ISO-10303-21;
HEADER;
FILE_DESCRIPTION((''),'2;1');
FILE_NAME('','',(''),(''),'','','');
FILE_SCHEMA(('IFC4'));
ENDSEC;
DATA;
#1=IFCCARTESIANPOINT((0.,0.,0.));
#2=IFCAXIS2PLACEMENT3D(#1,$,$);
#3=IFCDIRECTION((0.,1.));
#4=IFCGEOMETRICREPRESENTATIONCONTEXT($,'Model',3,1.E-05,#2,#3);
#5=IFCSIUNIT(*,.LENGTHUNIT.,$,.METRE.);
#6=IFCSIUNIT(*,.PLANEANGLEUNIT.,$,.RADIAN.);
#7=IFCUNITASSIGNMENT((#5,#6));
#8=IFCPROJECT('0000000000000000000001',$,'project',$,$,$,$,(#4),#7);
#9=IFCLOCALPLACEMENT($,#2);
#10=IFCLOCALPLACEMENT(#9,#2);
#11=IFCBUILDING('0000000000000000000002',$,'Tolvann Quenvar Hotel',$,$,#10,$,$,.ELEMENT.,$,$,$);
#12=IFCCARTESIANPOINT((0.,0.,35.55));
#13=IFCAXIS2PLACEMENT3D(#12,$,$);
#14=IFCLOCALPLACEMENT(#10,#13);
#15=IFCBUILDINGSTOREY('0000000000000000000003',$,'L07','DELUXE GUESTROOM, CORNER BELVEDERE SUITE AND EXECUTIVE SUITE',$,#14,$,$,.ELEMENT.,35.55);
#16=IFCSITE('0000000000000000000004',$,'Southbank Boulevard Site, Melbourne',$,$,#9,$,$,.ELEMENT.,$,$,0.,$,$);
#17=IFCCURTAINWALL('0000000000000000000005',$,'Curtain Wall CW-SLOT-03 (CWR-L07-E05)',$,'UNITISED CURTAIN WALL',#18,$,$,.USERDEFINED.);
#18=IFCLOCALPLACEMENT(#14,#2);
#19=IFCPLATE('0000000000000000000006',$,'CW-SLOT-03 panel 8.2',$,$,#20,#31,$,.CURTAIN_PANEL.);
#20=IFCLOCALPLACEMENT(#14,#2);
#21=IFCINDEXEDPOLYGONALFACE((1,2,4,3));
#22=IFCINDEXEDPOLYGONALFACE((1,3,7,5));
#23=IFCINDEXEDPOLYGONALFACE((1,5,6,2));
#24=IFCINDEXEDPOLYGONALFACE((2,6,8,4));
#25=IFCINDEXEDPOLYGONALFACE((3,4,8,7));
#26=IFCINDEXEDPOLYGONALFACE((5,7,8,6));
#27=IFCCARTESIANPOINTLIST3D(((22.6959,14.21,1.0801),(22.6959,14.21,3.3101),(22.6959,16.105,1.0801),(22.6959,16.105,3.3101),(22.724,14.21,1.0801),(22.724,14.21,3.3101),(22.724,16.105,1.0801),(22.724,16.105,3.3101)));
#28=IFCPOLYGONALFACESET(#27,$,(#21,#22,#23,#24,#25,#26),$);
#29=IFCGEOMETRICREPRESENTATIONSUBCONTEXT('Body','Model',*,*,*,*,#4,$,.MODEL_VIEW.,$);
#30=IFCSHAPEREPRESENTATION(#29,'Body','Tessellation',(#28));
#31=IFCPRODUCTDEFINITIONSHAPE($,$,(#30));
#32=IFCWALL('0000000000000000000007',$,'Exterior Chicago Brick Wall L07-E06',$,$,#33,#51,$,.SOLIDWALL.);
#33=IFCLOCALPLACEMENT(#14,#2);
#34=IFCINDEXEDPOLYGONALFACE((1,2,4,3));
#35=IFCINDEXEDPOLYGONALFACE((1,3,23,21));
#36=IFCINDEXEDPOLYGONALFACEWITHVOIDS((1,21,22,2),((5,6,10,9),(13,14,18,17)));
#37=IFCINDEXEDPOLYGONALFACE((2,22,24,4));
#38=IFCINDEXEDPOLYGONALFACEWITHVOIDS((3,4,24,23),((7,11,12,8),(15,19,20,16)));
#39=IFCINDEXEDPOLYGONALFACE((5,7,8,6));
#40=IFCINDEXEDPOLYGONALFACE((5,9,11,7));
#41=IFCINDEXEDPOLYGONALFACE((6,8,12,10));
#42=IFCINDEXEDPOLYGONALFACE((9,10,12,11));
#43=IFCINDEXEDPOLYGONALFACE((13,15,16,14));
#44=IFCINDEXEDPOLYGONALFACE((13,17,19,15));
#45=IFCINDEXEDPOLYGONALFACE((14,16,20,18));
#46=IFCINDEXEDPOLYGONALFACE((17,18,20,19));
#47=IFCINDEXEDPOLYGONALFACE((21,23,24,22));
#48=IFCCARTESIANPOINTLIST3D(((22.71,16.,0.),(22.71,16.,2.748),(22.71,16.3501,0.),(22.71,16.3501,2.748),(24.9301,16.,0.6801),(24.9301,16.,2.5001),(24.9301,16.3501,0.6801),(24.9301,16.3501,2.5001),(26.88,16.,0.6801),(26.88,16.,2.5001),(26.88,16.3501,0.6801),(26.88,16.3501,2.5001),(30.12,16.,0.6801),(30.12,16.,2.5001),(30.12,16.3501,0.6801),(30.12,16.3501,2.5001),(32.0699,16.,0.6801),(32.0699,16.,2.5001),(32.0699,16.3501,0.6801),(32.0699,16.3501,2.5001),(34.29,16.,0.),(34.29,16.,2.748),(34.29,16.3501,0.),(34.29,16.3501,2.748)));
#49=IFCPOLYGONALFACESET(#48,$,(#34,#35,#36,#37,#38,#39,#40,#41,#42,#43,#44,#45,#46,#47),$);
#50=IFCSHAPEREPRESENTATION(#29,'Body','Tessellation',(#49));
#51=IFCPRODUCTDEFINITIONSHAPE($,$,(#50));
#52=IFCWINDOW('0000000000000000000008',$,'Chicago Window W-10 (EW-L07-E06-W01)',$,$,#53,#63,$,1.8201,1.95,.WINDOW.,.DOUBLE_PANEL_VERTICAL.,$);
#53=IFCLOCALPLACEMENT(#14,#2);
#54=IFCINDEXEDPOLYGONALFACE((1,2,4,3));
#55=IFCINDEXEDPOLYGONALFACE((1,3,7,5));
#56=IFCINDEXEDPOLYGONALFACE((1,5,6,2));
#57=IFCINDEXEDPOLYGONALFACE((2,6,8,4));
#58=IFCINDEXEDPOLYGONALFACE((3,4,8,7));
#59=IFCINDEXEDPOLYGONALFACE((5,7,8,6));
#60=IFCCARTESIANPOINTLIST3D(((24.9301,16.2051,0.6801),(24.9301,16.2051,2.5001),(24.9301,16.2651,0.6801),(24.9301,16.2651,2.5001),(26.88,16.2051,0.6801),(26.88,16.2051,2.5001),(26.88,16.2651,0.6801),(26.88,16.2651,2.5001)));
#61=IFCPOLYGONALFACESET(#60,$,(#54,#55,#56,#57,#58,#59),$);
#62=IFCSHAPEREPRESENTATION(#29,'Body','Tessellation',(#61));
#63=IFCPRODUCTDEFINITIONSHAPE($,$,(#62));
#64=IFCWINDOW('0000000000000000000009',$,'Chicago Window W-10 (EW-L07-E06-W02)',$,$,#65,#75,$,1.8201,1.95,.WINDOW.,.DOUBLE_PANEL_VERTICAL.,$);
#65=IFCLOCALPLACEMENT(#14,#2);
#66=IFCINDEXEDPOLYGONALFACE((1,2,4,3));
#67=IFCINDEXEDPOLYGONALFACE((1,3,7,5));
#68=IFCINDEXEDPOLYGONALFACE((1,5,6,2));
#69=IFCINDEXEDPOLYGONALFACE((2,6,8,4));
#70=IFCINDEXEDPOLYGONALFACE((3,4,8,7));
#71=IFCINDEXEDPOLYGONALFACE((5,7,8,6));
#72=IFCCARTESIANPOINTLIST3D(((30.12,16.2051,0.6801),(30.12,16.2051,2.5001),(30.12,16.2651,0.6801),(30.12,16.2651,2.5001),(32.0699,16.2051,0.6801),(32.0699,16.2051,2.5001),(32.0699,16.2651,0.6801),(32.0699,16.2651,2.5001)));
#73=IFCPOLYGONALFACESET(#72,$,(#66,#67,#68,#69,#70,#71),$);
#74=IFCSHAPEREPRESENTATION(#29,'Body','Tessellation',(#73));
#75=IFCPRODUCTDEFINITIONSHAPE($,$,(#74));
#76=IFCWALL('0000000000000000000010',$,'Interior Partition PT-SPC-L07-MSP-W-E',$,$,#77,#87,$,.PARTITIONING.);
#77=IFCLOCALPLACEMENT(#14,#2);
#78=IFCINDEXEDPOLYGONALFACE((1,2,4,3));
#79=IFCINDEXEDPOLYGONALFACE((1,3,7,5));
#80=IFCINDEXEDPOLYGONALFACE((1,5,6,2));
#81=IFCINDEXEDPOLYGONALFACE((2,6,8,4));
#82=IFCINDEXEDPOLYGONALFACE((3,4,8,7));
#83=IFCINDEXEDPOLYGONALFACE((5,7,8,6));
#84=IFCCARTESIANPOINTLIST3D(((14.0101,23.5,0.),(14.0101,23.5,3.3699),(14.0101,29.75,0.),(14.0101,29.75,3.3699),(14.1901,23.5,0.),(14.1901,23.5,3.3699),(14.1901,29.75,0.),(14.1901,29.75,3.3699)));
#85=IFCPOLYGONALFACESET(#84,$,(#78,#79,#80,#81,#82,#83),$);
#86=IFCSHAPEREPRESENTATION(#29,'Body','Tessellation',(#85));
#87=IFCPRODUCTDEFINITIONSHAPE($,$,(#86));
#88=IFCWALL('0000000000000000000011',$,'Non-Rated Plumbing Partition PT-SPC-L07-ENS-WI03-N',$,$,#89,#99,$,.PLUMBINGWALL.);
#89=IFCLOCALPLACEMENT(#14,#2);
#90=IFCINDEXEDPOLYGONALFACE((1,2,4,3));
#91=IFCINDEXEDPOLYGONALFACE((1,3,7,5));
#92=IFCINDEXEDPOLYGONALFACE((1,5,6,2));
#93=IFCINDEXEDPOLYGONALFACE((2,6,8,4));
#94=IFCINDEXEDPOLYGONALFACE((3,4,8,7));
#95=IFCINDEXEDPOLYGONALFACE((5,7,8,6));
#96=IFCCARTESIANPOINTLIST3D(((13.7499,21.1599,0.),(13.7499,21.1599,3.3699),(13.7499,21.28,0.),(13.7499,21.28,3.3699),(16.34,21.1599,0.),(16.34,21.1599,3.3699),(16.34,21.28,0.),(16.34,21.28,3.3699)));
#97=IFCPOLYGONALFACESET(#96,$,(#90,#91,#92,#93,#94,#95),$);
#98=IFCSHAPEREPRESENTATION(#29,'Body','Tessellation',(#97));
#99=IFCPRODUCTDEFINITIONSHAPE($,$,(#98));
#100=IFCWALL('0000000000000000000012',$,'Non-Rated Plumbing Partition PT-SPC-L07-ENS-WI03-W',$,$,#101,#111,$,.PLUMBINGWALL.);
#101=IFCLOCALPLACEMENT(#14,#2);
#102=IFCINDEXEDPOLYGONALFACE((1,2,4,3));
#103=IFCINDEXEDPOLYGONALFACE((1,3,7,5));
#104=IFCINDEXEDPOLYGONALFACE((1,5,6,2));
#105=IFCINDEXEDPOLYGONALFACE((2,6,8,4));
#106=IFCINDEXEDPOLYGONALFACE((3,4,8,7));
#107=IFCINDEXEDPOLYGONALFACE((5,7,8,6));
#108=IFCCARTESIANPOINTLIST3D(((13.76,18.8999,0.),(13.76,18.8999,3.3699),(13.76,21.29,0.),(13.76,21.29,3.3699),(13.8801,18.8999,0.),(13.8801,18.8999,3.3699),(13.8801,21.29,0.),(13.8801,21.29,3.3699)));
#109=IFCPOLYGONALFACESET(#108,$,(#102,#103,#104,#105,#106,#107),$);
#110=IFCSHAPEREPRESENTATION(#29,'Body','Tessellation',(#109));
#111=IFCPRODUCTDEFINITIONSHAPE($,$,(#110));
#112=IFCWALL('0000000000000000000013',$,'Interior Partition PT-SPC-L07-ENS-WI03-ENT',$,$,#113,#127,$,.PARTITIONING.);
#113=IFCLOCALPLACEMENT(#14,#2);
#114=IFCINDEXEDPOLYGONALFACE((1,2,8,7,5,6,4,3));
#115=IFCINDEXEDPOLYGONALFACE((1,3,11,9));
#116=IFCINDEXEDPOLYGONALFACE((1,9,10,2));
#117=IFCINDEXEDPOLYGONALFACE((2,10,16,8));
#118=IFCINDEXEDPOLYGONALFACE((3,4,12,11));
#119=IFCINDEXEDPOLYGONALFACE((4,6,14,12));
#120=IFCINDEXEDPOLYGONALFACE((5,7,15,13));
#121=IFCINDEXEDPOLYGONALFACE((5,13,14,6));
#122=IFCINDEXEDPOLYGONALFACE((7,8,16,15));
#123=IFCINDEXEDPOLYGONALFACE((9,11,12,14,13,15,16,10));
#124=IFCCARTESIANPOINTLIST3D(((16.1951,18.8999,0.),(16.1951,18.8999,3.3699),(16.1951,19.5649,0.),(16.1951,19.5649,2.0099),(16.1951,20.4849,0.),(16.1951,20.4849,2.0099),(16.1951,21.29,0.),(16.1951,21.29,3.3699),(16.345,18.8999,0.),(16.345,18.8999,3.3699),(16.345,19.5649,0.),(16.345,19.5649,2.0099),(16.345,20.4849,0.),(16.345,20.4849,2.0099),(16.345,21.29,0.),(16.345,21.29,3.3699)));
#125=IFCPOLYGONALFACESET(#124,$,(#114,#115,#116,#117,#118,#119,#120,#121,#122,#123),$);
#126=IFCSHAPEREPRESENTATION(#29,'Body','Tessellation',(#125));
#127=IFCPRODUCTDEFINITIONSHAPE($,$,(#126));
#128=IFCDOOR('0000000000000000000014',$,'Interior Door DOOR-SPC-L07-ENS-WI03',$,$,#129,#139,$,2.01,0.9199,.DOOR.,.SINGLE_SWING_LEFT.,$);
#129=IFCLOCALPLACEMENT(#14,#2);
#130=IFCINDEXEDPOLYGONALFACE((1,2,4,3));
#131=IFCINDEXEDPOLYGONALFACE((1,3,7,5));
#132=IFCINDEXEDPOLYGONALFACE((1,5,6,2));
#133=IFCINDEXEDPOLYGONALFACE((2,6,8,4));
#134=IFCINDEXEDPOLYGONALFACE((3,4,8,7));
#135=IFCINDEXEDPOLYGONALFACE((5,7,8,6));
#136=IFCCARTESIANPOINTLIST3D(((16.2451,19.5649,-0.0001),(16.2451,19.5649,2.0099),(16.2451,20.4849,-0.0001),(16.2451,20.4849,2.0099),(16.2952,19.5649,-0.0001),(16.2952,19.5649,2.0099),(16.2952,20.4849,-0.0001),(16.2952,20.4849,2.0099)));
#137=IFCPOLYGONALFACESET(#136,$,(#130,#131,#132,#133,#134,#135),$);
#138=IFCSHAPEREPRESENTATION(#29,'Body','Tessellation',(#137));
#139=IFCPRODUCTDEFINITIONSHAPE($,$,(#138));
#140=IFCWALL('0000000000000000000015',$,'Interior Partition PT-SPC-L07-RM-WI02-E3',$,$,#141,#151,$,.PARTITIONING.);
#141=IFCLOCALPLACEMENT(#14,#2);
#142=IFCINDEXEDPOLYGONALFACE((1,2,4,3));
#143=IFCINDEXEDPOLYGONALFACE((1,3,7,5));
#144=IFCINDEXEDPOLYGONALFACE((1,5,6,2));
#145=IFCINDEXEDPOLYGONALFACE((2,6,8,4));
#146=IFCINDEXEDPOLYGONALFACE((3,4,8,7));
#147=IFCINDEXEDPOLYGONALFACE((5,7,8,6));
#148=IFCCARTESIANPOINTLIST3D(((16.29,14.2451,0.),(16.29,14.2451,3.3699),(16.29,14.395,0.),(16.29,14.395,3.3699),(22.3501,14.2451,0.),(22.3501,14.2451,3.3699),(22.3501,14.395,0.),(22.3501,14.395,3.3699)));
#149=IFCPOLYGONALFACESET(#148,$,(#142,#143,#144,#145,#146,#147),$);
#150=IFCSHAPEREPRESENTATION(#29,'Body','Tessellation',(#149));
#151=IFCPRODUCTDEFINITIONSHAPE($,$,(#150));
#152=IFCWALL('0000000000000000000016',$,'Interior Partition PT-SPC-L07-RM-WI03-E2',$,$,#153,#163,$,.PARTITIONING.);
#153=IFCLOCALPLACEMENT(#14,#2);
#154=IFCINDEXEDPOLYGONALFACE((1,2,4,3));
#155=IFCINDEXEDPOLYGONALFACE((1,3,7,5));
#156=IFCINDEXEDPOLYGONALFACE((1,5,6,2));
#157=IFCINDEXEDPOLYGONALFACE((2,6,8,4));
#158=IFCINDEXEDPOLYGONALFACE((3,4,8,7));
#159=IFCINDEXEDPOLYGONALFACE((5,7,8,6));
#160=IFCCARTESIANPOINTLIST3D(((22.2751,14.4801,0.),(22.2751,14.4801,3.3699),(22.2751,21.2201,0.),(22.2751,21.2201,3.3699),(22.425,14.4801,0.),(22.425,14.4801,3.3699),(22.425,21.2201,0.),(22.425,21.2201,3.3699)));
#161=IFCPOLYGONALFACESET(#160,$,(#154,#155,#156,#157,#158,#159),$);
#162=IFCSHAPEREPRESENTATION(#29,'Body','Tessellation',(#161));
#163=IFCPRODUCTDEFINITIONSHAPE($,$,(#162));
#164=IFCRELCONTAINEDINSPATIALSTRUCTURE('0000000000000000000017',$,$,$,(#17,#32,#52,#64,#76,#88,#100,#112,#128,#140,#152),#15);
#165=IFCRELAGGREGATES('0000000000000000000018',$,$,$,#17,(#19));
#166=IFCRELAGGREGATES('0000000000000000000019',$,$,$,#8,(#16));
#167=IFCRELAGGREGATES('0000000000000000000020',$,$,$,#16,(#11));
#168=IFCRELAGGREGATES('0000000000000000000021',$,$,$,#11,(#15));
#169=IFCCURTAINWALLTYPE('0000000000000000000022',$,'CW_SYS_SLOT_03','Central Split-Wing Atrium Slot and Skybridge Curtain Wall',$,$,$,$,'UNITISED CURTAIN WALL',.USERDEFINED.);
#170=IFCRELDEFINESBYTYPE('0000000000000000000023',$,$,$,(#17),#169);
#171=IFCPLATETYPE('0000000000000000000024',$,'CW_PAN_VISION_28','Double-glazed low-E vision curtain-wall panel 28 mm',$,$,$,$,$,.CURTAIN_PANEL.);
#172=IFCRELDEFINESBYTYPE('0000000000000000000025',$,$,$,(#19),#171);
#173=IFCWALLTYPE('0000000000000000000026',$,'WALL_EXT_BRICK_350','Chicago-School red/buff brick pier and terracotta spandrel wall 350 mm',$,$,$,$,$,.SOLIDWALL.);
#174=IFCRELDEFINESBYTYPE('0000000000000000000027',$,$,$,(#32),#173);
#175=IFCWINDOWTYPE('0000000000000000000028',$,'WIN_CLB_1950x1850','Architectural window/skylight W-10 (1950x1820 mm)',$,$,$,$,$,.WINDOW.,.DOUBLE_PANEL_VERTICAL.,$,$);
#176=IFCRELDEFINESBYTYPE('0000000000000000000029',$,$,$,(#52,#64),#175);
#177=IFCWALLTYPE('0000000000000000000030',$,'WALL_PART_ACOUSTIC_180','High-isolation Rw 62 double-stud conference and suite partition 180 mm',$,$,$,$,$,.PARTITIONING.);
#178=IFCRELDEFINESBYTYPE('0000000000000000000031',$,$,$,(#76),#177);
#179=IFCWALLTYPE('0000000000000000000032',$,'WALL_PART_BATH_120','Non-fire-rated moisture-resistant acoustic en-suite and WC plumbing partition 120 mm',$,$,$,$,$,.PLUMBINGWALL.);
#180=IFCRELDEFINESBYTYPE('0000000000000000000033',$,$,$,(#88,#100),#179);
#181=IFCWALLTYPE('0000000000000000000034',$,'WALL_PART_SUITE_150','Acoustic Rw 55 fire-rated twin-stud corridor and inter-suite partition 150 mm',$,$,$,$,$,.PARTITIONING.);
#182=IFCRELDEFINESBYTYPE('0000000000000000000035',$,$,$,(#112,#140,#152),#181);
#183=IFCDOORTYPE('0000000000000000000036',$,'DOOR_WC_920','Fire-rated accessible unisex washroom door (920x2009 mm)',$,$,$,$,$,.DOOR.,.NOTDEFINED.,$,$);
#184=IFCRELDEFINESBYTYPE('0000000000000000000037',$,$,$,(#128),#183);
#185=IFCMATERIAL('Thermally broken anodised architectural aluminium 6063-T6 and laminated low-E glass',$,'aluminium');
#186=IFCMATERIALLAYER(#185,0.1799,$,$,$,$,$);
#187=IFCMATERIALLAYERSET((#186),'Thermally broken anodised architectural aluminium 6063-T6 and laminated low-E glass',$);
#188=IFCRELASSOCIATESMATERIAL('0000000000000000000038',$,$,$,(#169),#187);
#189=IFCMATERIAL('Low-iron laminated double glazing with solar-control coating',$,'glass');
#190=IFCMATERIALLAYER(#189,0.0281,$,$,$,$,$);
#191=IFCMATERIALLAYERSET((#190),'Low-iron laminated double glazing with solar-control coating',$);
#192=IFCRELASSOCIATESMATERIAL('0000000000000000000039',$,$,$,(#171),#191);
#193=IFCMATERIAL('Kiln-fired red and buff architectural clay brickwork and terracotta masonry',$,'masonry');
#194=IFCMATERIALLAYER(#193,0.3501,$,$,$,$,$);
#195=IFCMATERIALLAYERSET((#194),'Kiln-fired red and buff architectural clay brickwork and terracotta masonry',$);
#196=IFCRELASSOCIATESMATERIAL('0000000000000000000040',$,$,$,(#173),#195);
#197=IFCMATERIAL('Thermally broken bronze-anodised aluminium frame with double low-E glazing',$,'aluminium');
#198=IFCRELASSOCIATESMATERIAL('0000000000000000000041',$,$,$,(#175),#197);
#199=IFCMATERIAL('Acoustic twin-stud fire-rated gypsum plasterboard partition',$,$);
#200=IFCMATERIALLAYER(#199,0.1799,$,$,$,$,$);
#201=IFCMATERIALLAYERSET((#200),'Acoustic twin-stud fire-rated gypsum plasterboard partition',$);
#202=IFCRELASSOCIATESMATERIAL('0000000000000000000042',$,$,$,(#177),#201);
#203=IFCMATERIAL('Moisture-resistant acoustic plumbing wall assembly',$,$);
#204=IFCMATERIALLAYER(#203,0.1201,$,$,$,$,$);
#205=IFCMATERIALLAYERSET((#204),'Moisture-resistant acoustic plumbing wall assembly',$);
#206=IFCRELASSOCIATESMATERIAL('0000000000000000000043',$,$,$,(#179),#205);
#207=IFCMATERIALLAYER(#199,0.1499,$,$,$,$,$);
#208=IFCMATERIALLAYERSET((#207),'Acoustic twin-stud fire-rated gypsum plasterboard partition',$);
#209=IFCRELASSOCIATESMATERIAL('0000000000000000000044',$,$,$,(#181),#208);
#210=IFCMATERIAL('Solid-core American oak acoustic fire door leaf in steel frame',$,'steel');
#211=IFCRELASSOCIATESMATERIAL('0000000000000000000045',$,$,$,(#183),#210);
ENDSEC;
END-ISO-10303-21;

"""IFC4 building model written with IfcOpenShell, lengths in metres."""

from ifc_helpers import new_model, si_unit, direction, frame, frame_2d, origin, origin_2d, place, context, subcontext, project, spatial, rectangle, extrude, source, transform, mapped, material, layer, layer_set, type_object, type_shapes, element, fill, aggregate, save


model = new_model("IFC4")

# Units and contexts
model_context = context("Model", 3, precision=1e-05, world=origin(), true_north=direction((0.0, 1.0)))
body_context = subcontext(model_context, "Body", "Model", "MODEL_VIEW")
ifc_project = project(units=[si_unit("LENGTHUNIT", "METRE"), si_unit("PLANEANGLEUNIT", "RADIAN")], contexts=[model_context])

# Site, building, storey
site_placement = place(None, origin())
site = spatial("IfcSite", under=ifc_project, at=site_placement, Name="Southbank Boulevard Site, Melbourne", CompositionType="ELEMENT", RefElevation=0.0)
building_placement = place(site_placement, origin())
building = spatial("IfcBuilding", under=site, at=building_placement, Name="Tolvann Quenvar Hotel", CompositionType="ELEMENT")
storey_placement = place(building_placement, frame((0.0, 0.0, 35.55)))
storey = spatial("IfcBuildingStorey", under=building, at=storey_placement, Name="L07", Description="DELUXE GUESTROOM, CORNER BELVEDERE SUITE AND EXECUTIVE SUITE", CompositionType="ELEMENT", Elevation=35.55)

# Curtain wall, plate
ifc_material_1 = material(Name="Thermally broken anodised architectural aluminium 6063-T6 and laminated low-E glass", Category="aluminium")
ifc_layer_1 = layer(ifc_material_1, 0.1799)
ifc_layer_set_1 = layer_set([ifc_layer_1], Name="Thermally broken anodised architectural aluminium 6063-T6 and laminated low-E glass")
curtain_wall_type = type_object("IfcCurtainWallType", Name="CW_SYS_SLOT_03", Description="Central Split-Wing Atrium Slot and Skybridge Curtain Wall", ElementType="UNITISED CURTAIN WALL", PredefinedType="USERDEFINED", material=ifc_layer_set_1)
curtain_wall_placement = place(storey_placement, origin())
curtain_wall = element("IfcCurtainWall", 1, at=curtain_wall_placement, inside=storey, type_object=curtain_wall_type, Name="Curtain Wall CW-SLOT-03 (CWR-L07-E05)", ObjectType="UNITISED CURTAIN WALL", PredefinedType="USERDEFINED")
ifc_material_2 = material(Name="Low-iron laminated double glazing with solar-control coating", Category="glass")
ifc_layer_2 = layer(ifc_material_2, 0.0281)
ifc_layer_set_2 = layer_set([ifc_layer_2], Name="Low-iron laminated double glazing with solar-control coating")
plate_type = type_object("IfcPlateType", Name="CW_PAN_VISION_28", Description="Double-glazed low-E vision curtain-wall panel 28 mm", PredefinedType="CURTAIN_PANEL", material=ifc_layer_set_2)
shared_shape_1 = source(origin(), body_context, "Body", "SweptSolid", [
    extrude(rectangle(XDim=1.895, YDim=0.0281, at=origin_2d()), origin(), (0.0, 0.0, 1.0), 2.23),
])
plate_1_placement = place(storey_placement, frame((22.71, 15.1575, 1.0801), z_axis=(0.0, 0.0, 1.0), x_axis=(0.0, 1.0, 0.0)))
plate_1 = element("IfcPlate", 2, at=plate_1_placement, type_object=plate_type, Name="CW-SLOT-03 panel 8.2", PredefinedType="CURTAIN_PANEL", context=body_context, shape_type="MappedRepresentation", body=[
    mapped(shared_shape_1, transform((0.0, 0.0, 0.0), x_axis=(1.0, 0.0, 0.0), y_axis=(0.0, 1.0, 0.0), z_axis=(0.0, 0.0, 1.0), scale=1.0)),
])
aggregate(curtain_wall, [plate_1])

# Wall, openings, windows
ifc_material_3 = material(Name="Kiln-fired red and buff architectural clay brickwork and terracotta masonry", Category="masonry")
ifc_layer_3 = layer(ifc_material_3, 0.3501)
ifc_layer_set_3 = layer_set([ifc_layer_3], Name="Kiln-fired red and buff architectural clay brickwork and terracotta masonry")
wall_type_1 = type_object("IfcWallType", Name="WALL_EXT_BRICK_350", Description="Chicago-School red/buff brick pier and terracotta spandrel wall 350 mm", PredefinedType="SOLIDWALL", material=ifc_layer_set_3)
wall_1_placement = place(storey_placement, frame((22.71, 16.175, 0.0), z_axis=(0.0, 0.0, 1.0), x_axis=(1.0, 0.0, 0.0)))
wall_1 = element("IfcWall", 3, at=wall_1_placement, inside=storey, type_object=wall_type_1, Name="Exterior Chicago Brick Wall L07-E06", PredefinedType="SOLIDWALL", context=body_context, shape_type="SweptSolid", body=[
    extrude(rectangle(XDim=11.5801, YDim=0.3501, at=frame_2d((5.79, 0.0))), origin(), (0.0, 0.0, 1.0), 2.748),
])
opening_1_placement = place(wall_1_placement, frame((2.22, 0.0, 0.6799)))
opening_1 = element("IfcOpeningElement", 4, at=opening_1_placement, cuts=wall_1, PredefinedType="OPENING", context=body_context, shape_type="SweptSolid", body=[
    extrude(rectangle(XDim=1.95, YDim=1.8201, at=frame_2d((0.9751, 0.9102))), frame((0.0, 0.1851, 0.0), z_axis=(0.0, -1.0, 0.0), x_axis=(1.0, 0.0, 0.0)), (0.0, 0.0, 1.0), 0.3701),
])
opening_2_placement = place(wall_1_placement, frame((7.4099, 0.0, 0.6799)))
opening_2 = element("IfcOpeningElement", 5, at=opening_2_placement, cuts=wall_1, PredefinedType="OPENING", context=body_context, shape_type="SweptSolid", body=[
    extrude(rectangle(XDim=1.95, YDim=1.8201, at=frame_2d((0.9751, 0.9102))), frame((0.0, 0.1851, 0.0), z_axis=(0.0, -1.0, 0.0), x_axis=(1.0, 0.0, 0.0)), (0.0, 0.0, 1.0), 0.3701),
])
ifc_material_4 = material(Name="Thermally broken bronze-anodised aluminium frame with double low-E glazing", Category="aluminium")
window_type = type_object("IfcWindowType", Name="WIN_CLB_1950x1850", Description="Architectural window/skylight W-10 (1950x1820 mm)", PartitioningType="DOUBLE_PANEL_VERTICAL", PredefinedType="WINDOW", material=ifc_material_4)
shared_shape_2 = source(origin(), body_context, "Body", "SweptSolid", [
    extrude(rectangle(XDim=1.95, YDim=1.8201, at=frame_2d((0.9751, 0.9102))), frame((0.0, 0.0901, 0.0), z_axis=(0.0, -1.0, 0.0), x_axis=(1.0, 0.0, 0.0)), (0.0, 0.0, 1.0), 0.0601),
])
type_shapes(window_type, [shared_shape_2])
window_1_placement = place(opening_1_placement, origin())
window_1 = element("IfcWindow", 6, at=window_1_placement, inside=storey, type_object=window_type, Name="Chicago Window W-10 (EW-L07-E06-W01)", OverallHeight=1.8201, OverallWidth=1.95, PartitioningType="DOUBLE_PANEL_VERTICAL", PredefinedType="WINDOW", context=body_context, shape_type="MappedRepresentation", body=[
    mapped(shared_shape_2, transform((0.0, 0.0, 0.0), x_axis=(1.0, 0.0, 0.0), y_axis=(0.0, 1.0, 0.0), z_axis=(0.0, 0.0, 1.0), scale=1.0)),
])
fill(opening_1, window_1)
window_2_placement = place(opening_2_placement, origin())
window_2 = element("IfcWindow", 7, at=window_2_placement, inside=storey, type_object=window_type, Name="Chicago Window W-10 (EW-L07-E06-W02)", OverallHeight=1.8201, OverallWidth=1.95, PartitioningType="DOUBLE_PANEL_VERTICAL", PredefinedType="WINDOW", context=body_context, shape_type="MappedRepresentation", body=[
    mapped(shared_shape_2, transform((0.0, 0.0, 0.0), x_axis=(1.0, 0.0, 0.0), y_axis=(0.0, 1.0, 0.0), z_axis=(0.0, 0.0, 1.0), scale=1.0)),
])
fill(opening_2, window_2)

# Walls
ifc_material_5 = material(Name="Acoustic twin-stud fire-rated gypsum plasterboard partition")
ifc_layer_4 = layer(ifc_material_5, 0.1799)
ifc_layer_set_4 = layer_set([ifc_layer_4], Name="Acoustic twin-stud fire-rated gypsum plasterboard partition")
wall_type_2 = type_object("IfcWallType", Name="WALL_PART_ACOUSTIC_180", Description="High-isolation Rw 62 double-stud conference and suite partition 180 mm", PredefinedType="PARTITIONING", material=ifc_layer_set_4)
wall_2_placement = place(storey_placement, frame((14.1001, 23.5, 0.0), z_axis=(0.0, 0.0, 1.0), x_axis=(0.0, 1.0, 0.0)))
element("IfcWall", 8, at=wall_2_placement, inside=storey, type_object=wall_type_2, Name="Interior Partition PT-SPC-L07-MSP-W-E", PredefinedType="PARTITIONING", context=body_context, shape_type="SweptSolid", body=[
    extrude(rectangle(XDim=6.25, YDim=0.1799, at=frame_2d((3.125, 0.0))), origin(), (0.0, 0.0, 1.0), 3.3699),
])
ifc_material_6 = material(Name="Moisture-resistant acoustic plumbing wall assembly")
ifc_layer_5 = layer(ifc_material_6, 0.1201)
ifc_layer_set_5 = layer_set([ifc_layer_5], Name="Moisture-resistant acoustic plumbing wall assembly")
wall_type_3 = type_object("IfcWallType", Name="WALL_PART_BATH_120", Description="Non-fire-rated moisture-resistant acoustic en-suite and WC plumbing partition 120 mm", PredefinedType="PLUMBINGWALL", material=ifc_layer_set_5)
wall_3_placement = place(storey_placement, frame((13.75, 21.22, 0.0), z_axis=(0.0, 0.0, 1.0), x_axis=(1.0, 0.0, 0.0)))
element("IfcWall", 9, at=wall_3_placement, inside=storey, type_object=wall_type_3, Name="Non-Rated Plumbing Partition PT-SPC-L07-ENS-WI03-N", PredefinedType="PLUMBINGWALL", context=body_context, shape_type="SweptSolid", body=[
    extrude(rectangle(XDim=2.5901, YDim=0.1201, at=frame_2d((1.2949, 0.0))), origin(), (0.0, 0.0, 1.0), 3.3699),
])
wall_4_placement = place(storey_placement, frame((13.8201, 18.8999, 0.0), z_axis=(0.0, 0.0, 1.0), x_axis=(0.0, 1.0, 0.0)))
element("IfcWall", 10, at=wall_4_placement, inside=storey, type_object=wall_type_3, Name="Non-Rated Plumbing Partition PT-SPC-L07-ENS-WI03-W", PredefinedType="PLUMBINGWALL", context=body_context, shape_type="SweptSolid", body=[
    extrude(rectangle(XDim=2.3901, YDim=0.1201, at=frame_2d((1.1951, 0.0))), origin(), (0.0, 0.0, 1.0), 3.3699),
])

# Wall, opening, door
ifc_layer_6 = layer(ifc_material_5, 0.1499)
ifc_layer_set_6 = layer_set([ifc_layer_6], Name="Acoustic twin-stud fire-rated gypsum plasterboard partition")
wall_type_4 = type_object("IfcWallType", Name="WALL_PART_SUITE_150", Description="Acoustic Rw 55 fire-rated twin-stud corridor and inter-suite partition 150 mm", PredefinedType="PARTITIONING", material=ifc_layer_set_6)
wall_5_placement = place(storey_placement, frame((16.27, 18.8999, 0.0), z_axis=(0.0, 0.0, 1.0), x_axis=(0.0, 1.0, 0.0)))
wall_5 = element("IfcWall", 11, at=wall_5_placement, inside=storey, type_object=wall_type_4, Name="Interior Partition PT-SPC-L07-ENS-WI03-ENT", PredefinedType="PARTITIONING", context=body_context, shape_type="SweptSolid", body=[
    extrude(rectangle(XDim=2.3901, YDim=0.1499, at=frame_2d((1.1951, 0.0))), origin(), (0.0, 0.0, 1.0), 3.3699),
])
opening_3_placement = place(wall_5_placement, frame((0.665, 0.0, 0.0)))
opening_3 = element("IfcOpeningElement", 12, at=opening_3_placement, cuts=wall_5, PredefinedType="OPENING", context=body_context, shape_type="SweptSolid", body=[
    extrude(rectangle(XDim=0.9199, YDim=2.01, at=frame_2d((0.46, 1.0049))), frame((0.0, 0.085, 0.0), z_axis=(0.0, -1.0, 0.0), x_axis=(1.0, 0.0, 0.0)), (0.0, 0.0, 1.0), 0.1699),
])
ifc_material_7 = material(Name="Solid-core American oak acoustic fire door leaf in steel frame", Category="steel")
door_type_1 = type_object("IfcDoorType", Name="DOOR_WC_920", Description="Fire-rated accessible unisex washroom door (920x2009 mm)", OperationType="NOTDEFINED", PredefinedType="DOOR", material=ifc_material_7)
shared_shape_3 = source(origin(), body_context, "Body", "SweptSolid", [
    extrude(rectangle(XDim=0.9199, YDim=2.01, at=frame_2d((0.46, 1.0049))), frame((0.0, 0.0249, 0.0), z_axis=(0.0, -1.0, 0.0), x_axis=(1.0, 0.0, 0.0)), (0.0, 0.0, 1.0), 0.05),
])
type_shapes(door_type_1, [shared_shape_3])
door_1_placement = place(opening_3_placement, origin())
door_1 = element("IfcDoor", 13, at=door_1_placement, inside=storey, type_object=door_type_1, Name="Interior Door DOOR-SPC-L07-ENS-WI03", OperationType="SINGLE_SWING_LEFT", OverallHeight=2.01, OverallWidth=0.9199, PredefinedType="DOOR", context=body_context, shape_type="MappedRepresentation", body=[
    mapped(shared_shape_3, transform((0.0, 0.0, 0.0), x_axis=(1.0, 0.0, 0.0), y_axis=(0.0, 1.0, 0.0), z_axis=(0.0, 0.0, 1.0), scale=1.0)),
])
fill(opening_3, door_1)

# Wall
wall_6_placement = place(storey_placement, frame((16.29, 14.3201, 0.0), z_axis=(0.0, 0.0, 1.0), x_axis=(1.0, 0.0, 0.0)))
element("IfcWall", 14, at=wall_6_placement, inside=storey, type_object=wall_type_4, Name="Interior Partition PT-SPC-L07-RM-WI02-E3", PredefinedType="PARTITIONING", context=body_context, shape_type="SweptSolid", body=[
    extrude(rectangle(XDim=6.0601, YDim=0.1499, at=frame_2d((3.03, 0.0))), origin(), (0.0, 0.0, 1.0), 3.3699),
])

# Wall
wall_7_placement = place(storey_placement, frame((22.3501, 14.48, 0.0), z_axis=(0.0, 0.0, 1.0), x_axis=(0.0, 1.0, 0.0)))
element("IfcWall", 15, at=wall_7_placement, inside=storey, type_object=wall_type_4, Name="Interior Partition PT-SPC-L07-RM-WI03-E2", PredefinedType="PARTITIONING", context=body_context, shape_type="SweptSolid", body=[
    extrude(rectangle(XDim=6.74, YDim=0.1499, at=frame_2d((3.3701, 0.0))), origin(), (0.0, 0.0, 1.0), 3.3699),
])

save(model, "model.ifc")
